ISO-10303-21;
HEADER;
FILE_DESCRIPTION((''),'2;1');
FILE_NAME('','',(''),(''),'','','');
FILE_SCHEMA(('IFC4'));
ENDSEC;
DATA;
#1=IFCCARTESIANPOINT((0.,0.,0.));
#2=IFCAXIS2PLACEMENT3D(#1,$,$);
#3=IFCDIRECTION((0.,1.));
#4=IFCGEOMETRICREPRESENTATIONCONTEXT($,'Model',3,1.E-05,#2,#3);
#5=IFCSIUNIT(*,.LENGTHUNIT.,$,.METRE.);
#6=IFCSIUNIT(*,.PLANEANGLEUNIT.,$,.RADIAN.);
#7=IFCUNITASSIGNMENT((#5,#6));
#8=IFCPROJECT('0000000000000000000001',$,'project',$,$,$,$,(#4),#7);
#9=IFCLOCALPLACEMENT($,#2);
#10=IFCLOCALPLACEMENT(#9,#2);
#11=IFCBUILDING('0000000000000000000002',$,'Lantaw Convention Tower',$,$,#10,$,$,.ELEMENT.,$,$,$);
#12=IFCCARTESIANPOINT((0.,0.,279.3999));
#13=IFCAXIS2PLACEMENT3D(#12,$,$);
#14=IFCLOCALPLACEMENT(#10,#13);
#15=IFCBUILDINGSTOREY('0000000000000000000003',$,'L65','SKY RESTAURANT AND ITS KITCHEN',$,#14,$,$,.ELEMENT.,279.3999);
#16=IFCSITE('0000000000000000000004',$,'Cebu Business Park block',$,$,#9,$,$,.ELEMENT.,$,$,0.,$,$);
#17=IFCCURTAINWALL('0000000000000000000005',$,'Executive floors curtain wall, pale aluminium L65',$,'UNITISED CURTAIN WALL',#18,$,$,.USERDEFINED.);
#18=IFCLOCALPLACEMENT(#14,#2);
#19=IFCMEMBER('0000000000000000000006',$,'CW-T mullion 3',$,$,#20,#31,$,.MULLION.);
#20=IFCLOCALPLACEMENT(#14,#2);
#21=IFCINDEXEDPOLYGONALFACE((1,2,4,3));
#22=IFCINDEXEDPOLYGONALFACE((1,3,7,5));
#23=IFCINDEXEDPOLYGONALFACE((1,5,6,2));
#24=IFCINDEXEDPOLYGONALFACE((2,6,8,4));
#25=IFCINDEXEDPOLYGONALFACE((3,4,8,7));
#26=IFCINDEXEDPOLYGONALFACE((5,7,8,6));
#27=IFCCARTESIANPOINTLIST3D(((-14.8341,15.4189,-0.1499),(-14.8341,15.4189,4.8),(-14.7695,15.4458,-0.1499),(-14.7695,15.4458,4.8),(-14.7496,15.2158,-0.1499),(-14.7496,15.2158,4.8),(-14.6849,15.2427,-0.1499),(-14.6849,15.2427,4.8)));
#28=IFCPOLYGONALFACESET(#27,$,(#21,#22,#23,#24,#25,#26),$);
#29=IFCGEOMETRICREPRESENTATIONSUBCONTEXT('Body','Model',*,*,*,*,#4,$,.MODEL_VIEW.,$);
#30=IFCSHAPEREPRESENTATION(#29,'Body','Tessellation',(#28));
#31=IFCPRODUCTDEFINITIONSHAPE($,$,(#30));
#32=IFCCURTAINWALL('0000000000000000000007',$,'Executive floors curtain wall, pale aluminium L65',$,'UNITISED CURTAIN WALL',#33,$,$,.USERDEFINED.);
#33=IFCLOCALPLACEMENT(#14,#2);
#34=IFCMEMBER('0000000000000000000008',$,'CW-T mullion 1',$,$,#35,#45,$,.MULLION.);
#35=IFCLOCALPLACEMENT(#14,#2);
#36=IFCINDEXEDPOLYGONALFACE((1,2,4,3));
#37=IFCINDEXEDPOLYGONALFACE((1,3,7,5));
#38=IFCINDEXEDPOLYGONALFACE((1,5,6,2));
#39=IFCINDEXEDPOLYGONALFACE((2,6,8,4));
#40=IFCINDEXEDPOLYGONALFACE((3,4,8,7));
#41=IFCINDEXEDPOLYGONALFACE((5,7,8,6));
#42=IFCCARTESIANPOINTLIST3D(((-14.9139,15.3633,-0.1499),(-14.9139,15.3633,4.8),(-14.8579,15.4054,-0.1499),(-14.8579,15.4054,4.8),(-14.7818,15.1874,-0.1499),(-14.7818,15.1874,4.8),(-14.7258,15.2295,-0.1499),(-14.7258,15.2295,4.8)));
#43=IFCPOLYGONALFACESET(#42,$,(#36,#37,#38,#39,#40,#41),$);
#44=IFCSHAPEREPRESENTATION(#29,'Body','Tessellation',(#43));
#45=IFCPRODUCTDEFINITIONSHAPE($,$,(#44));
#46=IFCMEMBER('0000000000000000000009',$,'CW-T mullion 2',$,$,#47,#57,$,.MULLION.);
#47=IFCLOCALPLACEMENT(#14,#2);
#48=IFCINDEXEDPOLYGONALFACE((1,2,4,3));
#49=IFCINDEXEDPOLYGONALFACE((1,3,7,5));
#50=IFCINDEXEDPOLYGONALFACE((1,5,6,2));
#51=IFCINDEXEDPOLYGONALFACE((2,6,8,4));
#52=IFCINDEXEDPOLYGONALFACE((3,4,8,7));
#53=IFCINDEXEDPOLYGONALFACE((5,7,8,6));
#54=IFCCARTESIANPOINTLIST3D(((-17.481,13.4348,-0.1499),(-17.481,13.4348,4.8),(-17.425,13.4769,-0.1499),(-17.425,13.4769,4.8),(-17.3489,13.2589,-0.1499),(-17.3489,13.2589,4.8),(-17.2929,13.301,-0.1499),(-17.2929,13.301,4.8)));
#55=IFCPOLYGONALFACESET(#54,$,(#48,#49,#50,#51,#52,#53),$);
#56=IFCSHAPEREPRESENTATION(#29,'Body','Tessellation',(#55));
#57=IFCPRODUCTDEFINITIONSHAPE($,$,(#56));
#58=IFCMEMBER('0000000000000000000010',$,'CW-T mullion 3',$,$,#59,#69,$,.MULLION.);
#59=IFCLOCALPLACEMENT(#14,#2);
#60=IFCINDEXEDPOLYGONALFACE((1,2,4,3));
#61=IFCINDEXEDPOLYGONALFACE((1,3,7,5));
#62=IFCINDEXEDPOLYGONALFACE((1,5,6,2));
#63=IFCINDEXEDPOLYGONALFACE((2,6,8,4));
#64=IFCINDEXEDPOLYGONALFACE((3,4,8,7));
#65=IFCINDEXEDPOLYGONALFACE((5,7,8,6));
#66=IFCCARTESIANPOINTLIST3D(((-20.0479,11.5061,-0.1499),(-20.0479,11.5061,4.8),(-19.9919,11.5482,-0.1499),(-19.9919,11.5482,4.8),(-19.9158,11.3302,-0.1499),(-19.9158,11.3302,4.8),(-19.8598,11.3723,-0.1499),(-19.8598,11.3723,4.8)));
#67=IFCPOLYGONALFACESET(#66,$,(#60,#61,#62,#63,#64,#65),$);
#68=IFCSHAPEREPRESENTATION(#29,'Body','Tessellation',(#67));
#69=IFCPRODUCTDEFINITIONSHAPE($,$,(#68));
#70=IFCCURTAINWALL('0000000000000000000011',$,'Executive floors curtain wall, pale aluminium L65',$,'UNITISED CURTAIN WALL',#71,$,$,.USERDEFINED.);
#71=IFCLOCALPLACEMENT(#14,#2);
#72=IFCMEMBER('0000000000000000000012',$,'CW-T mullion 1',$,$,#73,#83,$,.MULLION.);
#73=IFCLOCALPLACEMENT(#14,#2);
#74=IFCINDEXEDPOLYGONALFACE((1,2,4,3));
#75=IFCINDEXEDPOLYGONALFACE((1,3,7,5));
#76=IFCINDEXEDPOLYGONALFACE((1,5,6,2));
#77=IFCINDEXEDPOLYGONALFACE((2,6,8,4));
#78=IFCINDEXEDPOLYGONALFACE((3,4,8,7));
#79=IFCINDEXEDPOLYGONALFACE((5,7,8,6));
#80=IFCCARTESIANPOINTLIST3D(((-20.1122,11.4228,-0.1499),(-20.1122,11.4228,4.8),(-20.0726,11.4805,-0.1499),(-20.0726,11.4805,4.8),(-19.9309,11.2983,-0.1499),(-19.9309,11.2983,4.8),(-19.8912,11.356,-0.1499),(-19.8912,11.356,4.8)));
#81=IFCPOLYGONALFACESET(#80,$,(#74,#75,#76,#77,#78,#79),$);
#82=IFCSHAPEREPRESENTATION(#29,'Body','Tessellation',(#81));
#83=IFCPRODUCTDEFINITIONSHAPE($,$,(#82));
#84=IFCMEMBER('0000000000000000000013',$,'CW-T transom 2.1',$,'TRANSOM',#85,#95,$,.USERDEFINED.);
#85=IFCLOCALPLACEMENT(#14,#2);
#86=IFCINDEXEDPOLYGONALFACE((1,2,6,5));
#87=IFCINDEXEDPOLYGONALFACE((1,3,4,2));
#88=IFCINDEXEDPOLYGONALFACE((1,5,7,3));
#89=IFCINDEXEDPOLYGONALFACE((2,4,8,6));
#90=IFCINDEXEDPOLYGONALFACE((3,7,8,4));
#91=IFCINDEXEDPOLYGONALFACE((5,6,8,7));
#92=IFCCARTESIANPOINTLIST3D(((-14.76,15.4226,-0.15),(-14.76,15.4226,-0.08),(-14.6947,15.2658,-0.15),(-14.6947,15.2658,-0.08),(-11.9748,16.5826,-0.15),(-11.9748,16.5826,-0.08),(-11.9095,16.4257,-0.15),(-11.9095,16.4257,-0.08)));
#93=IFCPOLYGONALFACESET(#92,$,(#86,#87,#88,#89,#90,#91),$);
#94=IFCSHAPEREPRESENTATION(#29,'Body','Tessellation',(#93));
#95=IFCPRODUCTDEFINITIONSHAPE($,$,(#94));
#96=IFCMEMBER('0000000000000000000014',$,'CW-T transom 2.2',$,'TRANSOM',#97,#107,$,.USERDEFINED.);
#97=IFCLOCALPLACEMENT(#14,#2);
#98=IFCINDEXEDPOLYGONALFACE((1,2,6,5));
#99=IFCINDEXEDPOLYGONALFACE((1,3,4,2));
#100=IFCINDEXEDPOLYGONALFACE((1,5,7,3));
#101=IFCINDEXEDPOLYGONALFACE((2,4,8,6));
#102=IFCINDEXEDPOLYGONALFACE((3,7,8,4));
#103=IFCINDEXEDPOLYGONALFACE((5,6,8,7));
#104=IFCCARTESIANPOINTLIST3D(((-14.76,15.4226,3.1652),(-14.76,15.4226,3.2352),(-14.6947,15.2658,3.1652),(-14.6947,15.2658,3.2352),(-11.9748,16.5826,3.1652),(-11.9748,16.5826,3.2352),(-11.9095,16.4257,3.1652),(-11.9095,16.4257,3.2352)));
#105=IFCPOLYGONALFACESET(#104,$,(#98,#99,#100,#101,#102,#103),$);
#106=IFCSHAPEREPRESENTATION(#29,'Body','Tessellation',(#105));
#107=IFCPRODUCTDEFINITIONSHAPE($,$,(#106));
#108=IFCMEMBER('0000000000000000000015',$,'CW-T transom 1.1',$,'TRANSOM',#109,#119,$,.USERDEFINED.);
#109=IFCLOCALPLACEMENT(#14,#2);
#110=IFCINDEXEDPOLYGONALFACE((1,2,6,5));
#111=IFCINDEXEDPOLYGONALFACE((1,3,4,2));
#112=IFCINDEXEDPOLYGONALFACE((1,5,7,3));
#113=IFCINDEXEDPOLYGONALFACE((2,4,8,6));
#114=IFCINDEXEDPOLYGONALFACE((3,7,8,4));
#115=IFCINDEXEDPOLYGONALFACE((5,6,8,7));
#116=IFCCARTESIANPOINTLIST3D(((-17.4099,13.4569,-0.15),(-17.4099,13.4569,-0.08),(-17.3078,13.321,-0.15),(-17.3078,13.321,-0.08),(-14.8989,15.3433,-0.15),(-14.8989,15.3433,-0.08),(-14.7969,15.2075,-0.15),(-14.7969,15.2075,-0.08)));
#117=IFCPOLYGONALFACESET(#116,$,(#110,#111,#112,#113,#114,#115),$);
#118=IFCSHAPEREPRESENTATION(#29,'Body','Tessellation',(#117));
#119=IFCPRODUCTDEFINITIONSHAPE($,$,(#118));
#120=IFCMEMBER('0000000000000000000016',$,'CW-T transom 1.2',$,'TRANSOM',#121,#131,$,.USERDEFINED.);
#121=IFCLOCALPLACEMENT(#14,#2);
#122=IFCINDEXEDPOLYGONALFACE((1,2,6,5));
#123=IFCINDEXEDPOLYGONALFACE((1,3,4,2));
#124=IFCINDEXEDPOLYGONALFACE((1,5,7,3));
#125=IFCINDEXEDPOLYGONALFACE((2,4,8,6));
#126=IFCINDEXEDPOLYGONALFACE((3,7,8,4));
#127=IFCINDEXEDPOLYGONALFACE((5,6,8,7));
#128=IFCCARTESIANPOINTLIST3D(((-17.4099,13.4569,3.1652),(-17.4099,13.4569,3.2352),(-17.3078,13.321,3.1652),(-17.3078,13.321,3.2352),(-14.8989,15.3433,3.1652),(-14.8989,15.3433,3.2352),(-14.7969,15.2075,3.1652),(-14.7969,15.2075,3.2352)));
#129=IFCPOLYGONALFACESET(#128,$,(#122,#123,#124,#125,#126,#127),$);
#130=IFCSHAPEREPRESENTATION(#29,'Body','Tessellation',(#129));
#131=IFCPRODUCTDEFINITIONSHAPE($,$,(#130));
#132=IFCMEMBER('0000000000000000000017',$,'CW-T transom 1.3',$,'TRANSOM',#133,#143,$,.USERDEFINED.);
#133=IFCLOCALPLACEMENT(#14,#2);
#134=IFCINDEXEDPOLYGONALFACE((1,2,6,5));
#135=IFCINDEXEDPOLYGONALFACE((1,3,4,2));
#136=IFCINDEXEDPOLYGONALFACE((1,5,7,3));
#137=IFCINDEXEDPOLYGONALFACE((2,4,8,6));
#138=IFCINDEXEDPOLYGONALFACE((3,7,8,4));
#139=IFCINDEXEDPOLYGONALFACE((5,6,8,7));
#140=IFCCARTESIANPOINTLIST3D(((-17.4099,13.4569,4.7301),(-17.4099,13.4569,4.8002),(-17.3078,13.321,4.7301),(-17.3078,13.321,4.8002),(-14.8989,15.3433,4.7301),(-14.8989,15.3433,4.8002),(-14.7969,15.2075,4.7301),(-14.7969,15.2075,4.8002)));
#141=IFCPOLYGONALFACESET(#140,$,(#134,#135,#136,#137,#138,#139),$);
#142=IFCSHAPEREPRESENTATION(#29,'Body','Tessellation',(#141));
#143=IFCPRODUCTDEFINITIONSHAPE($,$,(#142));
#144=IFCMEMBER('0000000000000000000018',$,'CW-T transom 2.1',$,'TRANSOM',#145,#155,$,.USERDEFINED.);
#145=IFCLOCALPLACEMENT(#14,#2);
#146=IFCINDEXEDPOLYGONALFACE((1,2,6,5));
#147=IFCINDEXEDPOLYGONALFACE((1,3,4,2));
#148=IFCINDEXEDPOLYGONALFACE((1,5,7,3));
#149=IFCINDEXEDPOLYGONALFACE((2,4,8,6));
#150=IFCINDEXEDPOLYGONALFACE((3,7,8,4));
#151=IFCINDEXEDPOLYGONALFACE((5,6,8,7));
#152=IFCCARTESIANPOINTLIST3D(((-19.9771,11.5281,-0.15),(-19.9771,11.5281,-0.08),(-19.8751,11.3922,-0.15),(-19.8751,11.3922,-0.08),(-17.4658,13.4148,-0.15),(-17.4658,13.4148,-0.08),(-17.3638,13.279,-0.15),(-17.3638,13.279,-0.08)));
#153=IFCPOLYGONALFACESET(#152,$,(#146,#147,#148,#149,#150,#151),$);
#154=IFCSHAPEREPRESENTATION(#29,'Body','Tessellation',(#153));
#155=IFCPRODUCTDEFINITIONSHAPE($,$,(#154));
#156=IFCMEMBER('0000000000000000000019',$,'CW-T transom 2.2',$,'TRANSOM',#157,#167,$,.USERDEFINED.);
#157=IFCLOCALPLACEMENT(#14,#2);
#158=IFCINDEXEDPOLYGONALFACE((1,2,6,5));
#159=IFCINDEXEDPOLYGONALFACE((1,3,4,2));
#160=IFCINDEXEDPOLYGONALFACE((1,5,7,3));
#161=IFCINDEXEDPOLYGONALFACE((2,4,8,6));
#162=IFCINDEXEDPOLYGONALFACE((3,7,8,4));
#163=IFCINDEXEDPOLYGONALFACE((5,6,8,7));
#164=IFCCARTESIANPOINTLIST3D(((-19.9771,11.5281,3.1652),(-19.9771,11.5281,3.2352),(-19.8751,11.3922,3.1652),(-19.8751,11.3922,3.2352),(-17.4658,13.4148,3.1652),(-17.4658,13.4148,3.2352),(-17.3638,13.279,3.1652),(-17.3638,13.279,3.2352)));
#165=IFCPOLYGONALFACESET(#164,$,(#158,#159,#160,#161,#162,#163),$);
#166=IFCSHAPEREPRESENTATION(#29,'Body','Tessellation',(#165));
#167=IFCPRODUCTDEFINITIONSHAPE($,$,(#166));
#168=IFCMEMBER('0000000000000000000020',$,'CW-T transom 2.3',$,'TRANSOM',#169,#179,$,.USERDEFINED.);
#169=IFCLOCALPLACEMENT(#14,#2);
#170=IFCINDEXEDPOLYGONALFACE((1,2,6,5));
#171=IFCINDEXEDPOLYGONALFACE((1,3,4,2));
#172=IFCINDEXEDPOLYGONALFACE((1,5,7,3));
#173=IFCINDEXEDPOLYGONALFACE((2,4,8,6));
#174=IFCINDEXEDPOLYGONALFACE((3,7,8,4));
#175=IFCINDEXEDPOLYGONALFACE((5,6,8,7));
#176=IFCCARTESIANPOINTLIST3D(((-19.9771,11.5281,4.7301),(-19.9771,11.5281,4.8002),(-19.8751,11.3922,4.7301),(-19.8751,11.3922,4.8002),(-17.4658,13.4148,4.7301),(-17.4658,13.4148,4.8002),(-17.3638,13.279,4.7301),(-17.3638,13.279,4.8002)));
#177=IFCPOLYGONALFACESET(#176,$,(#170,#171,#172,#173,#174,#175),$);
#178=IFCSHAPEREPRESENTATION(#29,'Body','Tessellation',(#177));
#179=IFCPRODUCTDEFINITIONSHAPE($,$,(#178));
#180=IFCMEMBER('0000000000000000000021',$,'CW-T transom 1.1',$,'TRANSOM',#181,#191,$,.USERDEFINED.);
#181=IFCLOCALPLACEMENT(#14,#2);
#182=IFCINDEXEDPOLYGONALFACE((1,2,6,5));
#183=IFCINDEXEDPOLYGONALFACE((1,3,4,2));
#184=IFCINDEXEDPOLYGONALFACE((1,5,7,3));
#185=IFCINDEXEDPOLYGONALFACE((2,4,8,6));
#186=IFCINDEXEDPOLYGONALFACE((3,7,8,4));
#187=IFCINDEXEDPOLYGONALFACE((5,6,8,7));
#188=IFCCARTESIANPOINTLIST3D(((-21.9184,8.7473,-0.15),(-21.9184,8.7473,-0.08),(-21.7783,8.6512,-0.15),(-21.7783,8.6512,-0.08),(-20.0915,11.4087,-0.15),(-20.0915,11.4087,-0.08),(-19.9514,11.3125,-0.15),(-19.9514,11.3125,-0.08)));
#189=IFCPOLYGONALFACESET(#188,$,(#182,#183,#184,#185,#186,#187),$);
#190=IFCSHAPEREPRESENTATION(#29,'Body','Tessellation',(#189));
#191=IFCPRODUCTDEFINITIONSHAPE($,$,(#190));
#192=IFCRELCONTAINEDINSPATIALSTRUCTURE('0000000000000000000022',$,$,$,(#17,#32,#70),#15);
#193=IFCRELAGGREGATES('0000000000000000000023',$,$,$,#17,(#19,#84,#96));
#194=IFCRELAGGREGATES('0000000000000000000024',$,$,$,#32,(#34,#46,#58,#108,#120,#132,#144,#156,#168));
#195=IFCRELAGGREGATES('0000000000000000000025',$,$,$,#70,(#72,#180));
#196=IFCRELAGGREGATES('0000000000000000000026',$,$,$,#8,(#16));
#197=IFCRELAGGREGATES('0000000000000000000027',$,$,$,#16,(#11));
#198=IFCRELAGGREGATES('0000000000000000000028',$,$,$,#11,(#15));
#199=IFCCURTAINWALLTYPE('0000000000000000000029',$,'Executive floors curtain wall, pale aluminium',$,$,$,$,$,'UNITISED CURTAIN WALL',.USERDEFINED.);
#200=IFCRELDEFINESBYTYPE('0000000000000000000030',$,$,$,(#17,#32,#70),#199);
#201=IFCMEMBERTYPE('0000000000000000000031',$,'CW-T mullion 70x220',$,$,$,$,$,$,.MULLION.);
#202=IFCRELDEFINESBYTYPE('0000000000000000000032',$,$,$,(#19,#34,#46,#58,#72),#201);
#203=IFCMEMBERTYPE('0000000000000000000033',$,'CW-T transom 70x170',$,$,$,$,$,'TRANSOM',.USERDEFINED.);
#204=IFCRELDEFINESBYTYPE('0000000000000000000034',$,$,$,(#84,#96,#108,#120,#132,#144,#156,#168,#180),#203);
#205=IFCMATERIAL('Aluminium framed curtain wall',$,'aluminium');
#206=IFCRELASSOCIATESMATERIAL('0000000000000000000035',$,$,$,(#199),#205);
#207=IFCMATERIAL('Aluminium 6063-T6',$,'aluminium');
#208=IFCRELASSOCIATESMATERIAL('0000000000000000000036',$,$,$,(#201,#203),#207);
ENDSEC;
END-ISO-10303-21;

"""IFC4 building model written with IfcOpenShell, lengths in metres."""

from ifc_helpers import new_model, si_unit, direction, frame, origin, origin_2d, place, context, subcontext, project, spatial, rectangle, extrude, material, material_profile, profile_set, type_object, element, aggregate, save


model = new_model("IFC4")

# Units and contexts
model_context = context("Model", 3, precision=1e-05, world=origin(), true_north=direction((0.0, 1.0)))
body_context = subcontext(model_context, "Body", "Model", "MODEL_VIEW")
ifc_project = project(units=[si_unit("LENGTHUNIT", "METRE"), si_unit("PLANEANGLEUNIT", "RADIAN")], contexts=[model_context])

# Site, building, storey
site_placement = place(None, origin())
site = spatial("IfcSite", under=ifc_project, at=site_placement, Name="Cebu Business Park block", CompositionType="ELEMENT", RefElevation=0.0)
building_placement = place(site_placement, origin())
building = spatial("IfcBuilding", under=site, at=building_placement, Name="Lantaw Convention Tower", CompositionType="ELEMENT")
storey_placement = place(building_placement, frame((0.0, 0.0, 279.3999)))
storey = spatial("IfcBuildingStorey", under=building, at=storey_placement, Name="L65", Description="SKY RESTAURANT AND ITS KITCHEN", CompositionType="ELEMENT", Elevation=279.3999)

# Curtain wall, member
ifc_material_1 = material(Name="Aluminium framed curtain wall", Category="aluminium")
curtain_wall_type = type_object("IfcCurtainWallType", Name="Executive floors curtain wall, pale aluminium", ElementType="UNITISED CURTAIN WALL", PredefinedType="USERDEFINED", material=ifc_material_1)
curtain_wall_1_placement = place(storey_placement, origin())
curtain_wall_1 = element("IfcCurtainWall", 1, at=curtain_wall_1_placement, inside=storey, type_object=curtain_wall_type, Name="Executive floors curtain wall, pale aluminium L65", ObjectType="UNITISED CURTAIN WALL", PredefinedType="USERDEFINED")
ifc_material_2 = material(Name="Aluminium 6063-T6", Category="aluminium")
ifc_material_profile_1 = material_profile(ifc_material_2, rectangle(XDim=0.22, YDim=0.0701, at=origin_2d()), Name="CW-T mullion 70x220")
ifc_profile_set_1 = profile_set([ifc_material_profile_1], Name="Aluminium 6063-T6")
member_type_1 = type_object("IfcMemberType", Name="CW-T mullion 70x220", PredefinedType="MULLION", material=ifc_profile_set_1)
member_1_placement = place(storey_placement, frame((-14.7595, 15.3308, -0.1499), z_axis=(0.0, 0.0, 1.0), x_axis=(0.38446, -0.923142, 0.0)))
member_1 = element("IfcMember", 2, at=member_1_placement, type_object=member_type_1, Name="CW-T mullion 3", PredefinedType="MULLION", context=body_context, shape_type="SweptSolid", body=[
    extrude(rectangle(XDim=0.22, YDim=0.0701, at=origin_2d()), origin(), (0.0, 0.0, 1.0), 4.95),
])

# Curtain wall, members
curtain_wall_2_placement = place(storey_placement, origin())
curtain_wall_2 = element("IfcCurtainWall", 3, at=curtain_wall_2_placement, inside=storey, type_object=curtain_wall_type, Name="Executive floors curtain wall, pale aluminium L65", ObjectType="UNITISED CURTAIN WALL", PredefinedType="USERDEFINED")
member_2_placement = place(storey_placement, frame((-14.8198, 15.2964, -0.1499), z_axis=(0.0, 0.0, 1.0), x_axis=(0.600643, -0.799518, 0.0)))
member_2 = element("IfcMember", 4, at=member_2_placement, type_object=member_type_1, Name="CW-T mullion 1", PredefinedType="MULLION", context=body_context, shape_type="SweptSolid", body=[
    extrude(rectangle(XDim=0.22, YDim=0.0701, at=origin_2d()), origin(), (0.0, 0.0, 1.0), 4.95),
])
member_3_placement = place(storey_placement, frame((-17.387, 13.3679, -0.1499), z_axis=(0.0, 0.0, 1.0), x_axis=(0.600643, -0.799518, 0.0)))
member_3 = element("IfcMember", 5, at=member_3_placement, type_object=member_type_1, Name="CW-T mullion 2", PredefinedType="MULLION", context=body_context, shape_type="SweptSolid", body=[
    extrude(rectangle(XDim=0.22, YDim=0.0701, at=origin_2d()), origin(), (0.0, 0.0, 1.0), 4.95),
])
member_4_placement = place(storey_placement, frame((-19.9539, 11.4392, -0.1499), z_axis=(0.0, 0.0, 1.0), x_axis=(0.600643, -0.799518, 0.0)))
member_4 = element("IfcMember", 6, at=member_4_placement, type_object=member_type_1, Name="CW-T mullion 3", PredefinedType="MULLION", context=body_context, shape_type="SweptSolid", body=[
    extrude(rectangle(XDim=0.22, YDim=0.0701, at=origin_2d()), origin(), (0.0, 0.0, 1.0), 4.95),
])

# Curtain wall, member
curtain_wall_3_placement = place(storey_placement, origin())
curtain_wall_3 = element("IfcCurtainWall", 7, at=curtain_wall_3_placement, inside=storey, type_object=curtain_wall_type, Name="Executive floors curtain wall, pale aluminium L65", ObjectType="UNITISED CURTAIN WALL", PredefinedType="USERDEFINED")
member_5_placement = place(storey_placement, frame((-20.0017, 11.3894, -0.1499), z_axis=(0.0, 0.0, 1.0), x_axis=(0.82445, -0.565935, 0.0)))
member_5 = element("IfcMember", 8, at=member_5_placement, type_object=member_type_1, Name="CW-T mullion 1", PredefinedType="MULLION", context=body_context, shape_type="SweptSolid", body=[
    extrude(rectangle(XDim=0.22, YDim=0.0701, at=origin_2d()), origin(), (0.0, 0.0, 1.0), 4.95),
])

# Members
ifc_material_profile_2 = material_profile(ifc_material_2, rectangle(XDim=0.1699, YDim=0.0701, at=origin_2d()), Name="CW-T transom 70x170")
ifc_profile_set_2 = profile_set([ifc_material_profile_2], Name="Aluminium 6063-T6")
member_type_2 = type_object("IfcMemberType", Name="CW-T transom 70x170", ElementType="TRANSOM", PredefinedType="USERDEFINED", material=ifc_profile_set_2)
member_6_placement = place(storey_placement, frame((-11.9421, 16.5042, -0.115), z_axis=(-0.923144, -0.384454, 0.0), x_axis=(0.384454, -0.923144, 0.0)))
member_6 = element("IfcMember", 9, at=member_6_placement, type_object=member_type_2, Name="CW-T transom 2.1", ObjectType="TRANSOM", PredefinedType="USERDEFINED", context=body_context, shape_type="SweptSolid", body=[
    extrude(rectangle(XDim=0.1699, YDim=0.0701, at=origin_2d()), origin(), (0.0, 0.0, 1.0), 3.0171),
])
member_7_placement = place(storey_placement, frame((-11.9421, 16.5042, 3.2002), z_axis=(-0.923144, -0.384454, 0.0), x_axis=(0.384454, -0.923144, 0.0)))
member_7 = element("IfcMember", 10, at=member_7_placement, type_object=member_type_2, Name="CW-T transom 2.2", ObjectType="TRANSOM", PredefinedType="USERDEFINED", context=body_context, shape_type="SweptSolid", body=[
    extrude(rectangle(XDim=0.1699, YDim=0.0701, at=origin_2d()), origin(), (0.0, 0.0, 1.0), 3.0171),
])
member_8_placement = place(storey_placement, frame((-14.8479, 15.2754, -0.115), z_axis=(-0.799505, -0.600659, 0.0), x_axis=(0.600659, -0.799505, 0.0)))
member_8 = element("IfcMember", 11, at=member_8_placement, type_object=member_type_2, Name="CW-T transom 1.1", ObjectType="TRANSOM", PredefinedType="USERDEFINED", context=body_context, shape_type="SweptSolid", body=[
    extrude(rectangle(XDim=0.1699, YDim=0.0701, at=origin_2d()), origin(), (0.0, 0.0, 1.0), 3.1406),
])
member_9_placement = place(storey_placement, frame((-14.8479, 15.2754, 3.2002), z_axis=(-0.799505, -0.600659, 0.0), x_axis=(0.600659, -0.799505, 0.0)))
member_9 = element("IfcMember", 12, at=member_9_placement, type_object=member_type_2, Name="CW-T transom 1.2", ObjectType="TRANSOM", PredefinedType="USERDEFINED", context=body_context, shape_type="SweptSolid", body=[
    extrude(rectangle(XDim=0.1699, YDim=0.0701, at=origin_2d()), origin(), (0.0, 0.0, 1.0), 3.1406),
])
member_10_placement = place(storey_placement, frame((-14.8479, 15.2754, 4.7651), z_axis=(-0.799505, -0.600659, 0.0), x_axis=(0.600659, -0.799505, 0.0)))
member_10 = element("IfcMember", 13, at=member_10_placement, type_object=member_type_2, Name="CW-T transom 1.3", ObjectType="TRANSOM", PredefinedType="USERDEFINED", context=body_context, shape_type="SweptSolid", body=[
    extrude(rectangle(XDim=0.1699, YDim=0.0701, at=origin_2d()), origin(), (0.0, 0.0, 1.0), 3.1406),
])
member_11_placement = place(storey_placement, frame((-17.4148, 13.3469, -0.115), z_axis=(-0.799496, -0.600671, 0.0), x_axis=(0.600671, -0.799496, 0.0)))
member_11 = element("IfcMember", 14, at=member_11_placement, type_object=member_type_2, Name="CW-T transom 2.1", ObjectType="TRANSOM", PredefinedType="USERDEFINED", context=body_context, shape_type="SweptSolid", body=[
    extrude(rectangle(XDim=0.1699, YDim=0.0701, at=origin_2d()), origin(), (0.0, 0.0, 1.0), 3.1411),
])
member_12_placement = place(storey_placement, frame((-17.4148, 13.3469, 3.2002), z_axis=(-0.799496, -0.600671, 0.0), x_axis=(0.600671, -0.799496, 0.0)))
member_12 = element("IfcMember", 15, at=member_12_placement, type_object=member_type_2, Name="CW-T transom 2.2", ObjectType="TRANSOM", PredefinedType="USERDEFINED", context=body_context, shape_type="SweptSolid", body=[
    extrude(rectangle(XDim=0.1699, YDim=0.0701, at=origin_2d()), origin(), (0.0, 0.0, 1.0), 3.1411),
])
member_13_placement = place(storey_placement, frame((-17.4148, 13.3469, 4.7651), z_axis=(-0.799496, -0.600671, 0.0), x_axis=(0.600671, -0.799496, 0.0)))
member_13 = element("IfcMember", 16, at=member_13_placement, type_object=member_type_2, Name="CW-T transom 2.3", ObjectType="TRANSOM", PredefinedType="USERDEFINED", context=body_context, shape_type="SweptSolid", body=[
    extrude(rectangle(XDim=0.1699, YDim=0.0701, at=origin_2d()), origin(), (0.0, 0.0, 1.0), 3.1411),
])
member_14_placement = place(storey_placement, frame((-20.0215, 11.3606, -0.115), z_axis=(-0.565941, -0.824446, 0.0), x_axis=(0.824446, -0.565941, 0.0)))
member_14 = element("IfcMember", 17, at=member_14_placement, type_object=member_type_2, Name="CW-T transom 1.1", ObjectType="TRANSOM", PredefinedType="USERDEFINED", context=body_context, shape_type="SweptSolid", body=[
    extrude(rectangle(XDim=0.1699, YDim=0.0701, at=origin_2d()), origin(), (0.0, 0.0, 1.0), 3.228),
])

aggregate(curtain_wall_1, [member_1, member_6, member_7])
aggregate(curtain_wall_2, [member_2, member_3, member_4, member_8, member_9, member_10, member_11, member_12, member_13])
aggregate(curtain_wall_3, [member_5, member_14])

save(model, "model.ifc")
